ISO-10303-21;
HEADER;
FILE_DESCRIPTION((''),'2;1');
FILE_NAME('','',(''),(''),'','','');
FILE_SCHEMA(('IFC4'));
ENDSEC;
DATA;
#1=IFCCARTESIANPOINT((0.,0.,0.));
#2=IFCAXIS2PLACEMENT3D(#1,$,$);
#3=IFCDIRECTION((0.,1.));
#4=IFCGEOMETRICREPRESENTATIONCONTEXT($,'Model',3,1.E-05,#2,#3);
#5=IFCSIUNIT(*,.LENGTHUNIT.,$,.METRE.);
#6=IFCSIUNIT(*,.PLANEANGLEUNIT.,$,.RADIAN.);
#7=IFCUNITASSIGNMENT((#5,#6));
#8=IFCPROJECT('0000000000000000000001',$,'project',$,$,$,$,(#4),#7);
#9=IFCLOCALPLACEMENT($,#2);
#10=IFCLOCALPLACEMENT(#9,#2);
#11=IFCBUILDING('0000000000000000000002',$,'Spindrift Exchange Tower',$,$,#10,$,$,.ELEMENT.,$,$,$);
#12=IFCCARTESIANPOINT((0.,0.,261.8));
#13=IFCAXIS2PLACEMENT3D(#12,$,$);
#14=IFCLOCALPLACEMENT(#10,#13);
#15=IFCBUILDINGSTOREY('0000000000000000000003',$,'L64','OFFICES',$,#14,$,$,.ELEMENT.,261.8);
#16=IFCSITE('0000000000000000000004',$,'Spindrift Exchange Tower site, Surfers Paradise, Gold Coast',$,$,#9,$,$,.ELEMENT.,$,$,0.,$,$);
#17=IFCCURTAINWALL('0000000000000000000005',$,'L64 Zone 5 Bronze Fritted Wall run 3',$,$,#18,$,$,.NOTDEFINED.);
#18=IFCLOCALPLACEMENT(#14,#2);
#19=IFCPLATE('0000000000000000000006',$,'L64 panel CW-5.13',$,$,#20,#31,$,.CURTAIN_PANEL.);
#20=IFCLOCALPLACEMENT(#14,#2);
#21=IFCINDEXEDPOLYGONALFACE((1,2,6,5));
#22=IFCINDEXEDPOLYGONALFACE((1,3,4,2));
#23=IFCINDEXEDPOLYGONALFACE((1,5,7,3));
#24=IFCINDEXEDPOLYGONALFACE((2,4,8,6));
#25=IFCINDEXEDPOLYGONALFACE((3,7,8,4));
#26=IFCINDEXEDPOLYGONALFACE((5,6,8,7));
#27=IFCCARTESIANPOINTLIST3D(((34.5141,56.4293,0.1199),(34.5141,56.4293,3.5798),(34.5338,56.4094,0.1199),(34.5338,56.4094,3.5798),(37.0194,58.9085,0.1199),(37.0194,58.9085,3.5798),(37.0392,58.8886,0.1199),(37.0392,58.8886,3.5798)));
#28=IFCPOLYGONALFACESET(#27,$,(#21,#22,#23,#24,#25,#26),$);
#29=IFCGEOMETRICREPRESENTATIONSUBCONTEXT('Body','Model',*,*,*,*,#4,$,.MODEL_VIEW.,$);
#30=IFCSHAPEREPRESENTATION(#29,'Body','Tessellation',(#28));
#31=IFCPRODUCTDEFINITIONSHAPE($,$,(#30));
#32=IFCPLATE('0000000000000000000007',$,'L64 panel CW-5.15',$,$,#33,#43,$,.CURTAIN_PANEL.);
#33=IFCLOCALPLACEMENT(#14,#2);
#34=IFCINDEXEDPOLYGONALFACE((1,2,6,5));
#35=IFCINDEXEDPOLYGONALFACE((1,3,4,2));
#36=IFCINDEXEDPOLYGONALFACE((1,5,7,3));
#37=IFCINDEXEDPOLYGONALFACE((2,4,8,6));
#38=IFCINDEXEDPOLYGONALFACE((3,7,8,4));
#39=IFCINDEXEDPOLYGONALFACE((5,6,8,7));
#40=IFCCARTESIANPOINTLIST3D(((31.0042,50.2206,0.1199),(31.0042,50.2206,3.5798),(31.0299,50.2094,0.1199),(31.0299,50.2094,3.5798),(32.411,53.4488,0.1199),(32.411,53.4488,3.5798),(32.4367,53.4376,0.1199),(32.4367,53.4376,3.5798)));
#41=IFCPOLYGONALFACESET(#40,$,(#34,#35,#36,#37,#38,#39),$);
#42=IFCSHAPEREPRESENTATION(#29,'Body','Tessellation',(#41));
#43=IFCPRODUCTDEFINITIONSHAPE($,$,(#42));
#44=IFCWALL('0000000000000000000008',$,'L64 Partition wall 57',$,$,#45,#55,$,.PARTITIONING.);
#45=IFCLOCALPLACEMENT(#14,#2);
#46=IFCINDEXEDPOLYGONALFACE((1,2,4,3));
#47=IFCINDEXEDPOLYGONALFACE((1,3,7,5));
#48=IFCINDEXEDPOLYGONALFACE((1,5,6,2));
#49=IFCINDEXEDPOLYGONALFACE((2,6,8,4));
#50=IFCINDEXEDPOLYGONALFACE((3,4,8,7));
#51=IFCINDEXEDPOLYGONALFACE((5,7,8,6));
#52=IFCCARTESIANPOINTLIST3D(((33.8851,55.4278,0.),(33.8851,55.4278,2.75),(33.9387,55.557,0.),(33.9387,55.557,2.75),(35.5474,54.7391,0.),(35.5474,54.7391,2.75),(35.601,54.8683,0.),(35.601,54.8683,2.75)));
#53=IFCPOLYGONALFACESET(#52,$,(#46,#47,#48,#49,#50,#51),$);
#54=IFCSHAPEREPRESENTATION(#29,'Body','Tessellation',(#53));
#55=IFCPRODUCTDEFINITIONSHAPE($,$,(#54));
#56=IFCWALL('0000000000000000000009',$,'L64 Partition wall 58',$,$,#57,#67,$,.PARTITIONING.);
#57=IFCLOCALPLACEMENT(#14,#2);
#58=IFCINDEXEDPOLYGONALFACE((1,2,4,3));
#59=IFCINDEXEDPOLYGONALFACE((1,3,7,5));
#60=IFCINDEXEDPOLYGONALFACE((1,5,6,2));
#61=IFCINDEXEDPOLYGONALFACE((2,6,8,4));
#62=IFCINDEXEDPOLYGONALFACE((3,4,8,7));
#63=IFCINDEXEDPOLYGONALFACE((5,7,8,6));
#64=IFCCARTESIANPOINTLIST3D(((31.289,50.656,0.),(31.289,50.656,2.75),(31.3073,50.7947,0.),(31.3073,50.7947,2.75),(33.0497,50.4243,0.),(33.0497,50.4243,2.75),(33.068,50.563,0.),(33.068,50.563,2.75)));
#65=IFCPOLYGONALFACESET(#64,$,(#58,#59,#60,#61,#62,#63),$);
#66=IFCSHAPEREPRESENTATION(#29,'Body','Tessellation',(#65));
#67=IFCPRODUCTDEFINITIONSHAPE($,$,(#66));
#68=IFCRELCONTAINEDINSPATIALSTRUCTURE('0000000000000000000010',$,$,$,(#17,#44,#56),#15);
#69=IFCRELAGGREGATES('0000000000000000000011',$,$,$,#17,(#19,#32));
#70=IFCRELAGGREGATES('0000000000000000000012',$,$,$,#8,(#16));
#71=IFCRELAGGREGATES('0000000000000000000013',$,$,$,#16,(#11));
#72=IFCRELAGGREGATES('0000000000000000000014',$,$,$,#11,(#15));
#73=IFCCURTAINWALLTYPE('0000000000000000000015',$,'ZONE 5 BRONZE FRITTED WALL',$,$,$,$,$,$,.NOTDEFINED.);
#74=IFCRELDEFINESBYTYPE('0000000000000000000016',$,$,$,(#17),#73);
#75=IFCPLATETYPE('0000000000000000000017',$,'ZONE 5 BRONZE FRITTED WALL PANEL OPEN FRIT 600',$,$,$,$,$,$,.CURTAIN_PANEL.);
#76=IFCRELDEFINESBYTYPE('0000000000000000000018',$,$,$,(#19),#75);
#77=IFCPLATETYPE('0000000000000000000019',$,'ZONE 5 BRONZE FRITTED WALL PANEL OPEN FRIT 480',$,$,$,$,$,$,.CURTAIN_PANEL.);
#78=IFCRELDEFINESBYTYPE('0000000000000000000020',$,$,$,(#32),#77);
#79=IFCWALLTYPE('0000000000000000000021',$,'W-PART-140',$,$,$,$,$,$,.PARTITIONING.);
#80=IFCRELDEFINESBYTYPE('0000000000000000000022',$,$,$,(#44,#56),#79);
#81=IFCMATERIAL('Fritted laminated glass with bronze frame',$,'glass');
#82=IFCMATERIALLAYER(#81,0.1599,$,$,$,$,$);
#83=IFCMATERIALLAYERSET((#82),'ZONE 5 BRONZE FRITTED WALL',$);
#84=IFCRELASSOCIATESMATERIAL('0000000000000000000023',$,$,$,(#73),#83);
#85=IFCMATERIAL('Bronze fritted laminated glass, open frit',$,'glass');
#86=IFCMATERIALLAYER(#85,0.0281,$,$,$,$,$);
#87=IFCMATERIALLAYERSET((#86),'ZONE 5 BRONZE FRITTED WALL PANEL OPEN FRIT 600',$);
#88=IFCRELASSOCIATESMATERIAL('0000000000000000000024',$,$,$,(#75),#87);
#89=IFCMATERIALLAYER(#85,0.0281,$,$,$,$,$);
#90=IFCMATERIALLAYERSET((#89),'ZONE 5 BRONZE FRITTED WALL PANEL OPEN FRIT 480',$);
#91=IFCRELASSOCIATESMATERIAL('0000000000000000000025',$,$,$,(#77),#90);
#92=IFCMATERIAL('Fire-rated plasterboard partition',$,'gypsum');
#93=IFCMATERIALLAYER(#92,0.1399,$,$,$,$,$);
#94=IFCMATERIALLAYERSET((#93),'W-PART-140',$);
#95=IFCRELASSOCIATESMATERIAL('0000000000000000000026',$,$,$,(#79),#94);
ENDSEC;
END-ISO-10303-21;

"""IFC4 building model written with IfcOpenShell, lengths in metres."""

from ifc_helpers import new_model, si_unit, direction, frame, frame_2d, origin, origin_2d, place, context, subcontext, project, spatial, rectangle, extrude, source, transform, mapped, material, layer, layer_set, type_object, element, aggregate, save


model = new_model("IFC4")

# Units and contexts
model_context = context("Model", 3, precision=1e-05, world=origin(), true_north=direction((0.0, 1.0)))
body_context = subcontext(model_context, "Body", "Model", "MODEL_VIEW")
ifc_project = project(units=[si_unit("LENGTHUNIT", "METRE"), si_unit("PLANEANGLEUNIT", "RADIAN")], contexts=[model_context])

# Site, building, storey
site_placement = place(None, origin())
site = spatial("IfcSite", under=ifc_project, at=site_placement, Name="Spindrift Exchange Tower site, Surfers Paradise, Gold Coast", CompositionType="ELEMENT", RefElevation=0.0)
building_placement = place(site_placement, origin())
building = spatial("IfcBuilding", under=site, at=building_placement, Name="Spindrift Exchange Tower", CompositionType="ELEMENT")
storey_placement = place(building_placement, frame((0.0, 0.0, 261.8)))
storey = spatial("IfcBuildingStorey", under=building, at=storey_placement, Name="L64", Description="OFFICES", CompositionType="ELEMENT", Elevation=261.8)

# Curtain wall, plates
ifc_material_1 = material(Name="Fritted laminated glass with bronze frame", Category="glass")
ifc_layer_1 = layer(ifc_material_1, 0.1599)
ifc_layer_set_1 = layer_set([ifc_layer_1], Name="ZONE 5 BRONZE FRITTED WALL")
curtain_wall_type = type_object("IfcCurtainWallType", Name="ZONE 5 BRONZE FRITTED WALL", PredefinedType="NOTDEFINED", material=ifc_layer_set_1)
curtain_wall_placement = place(storey_placement, origin())
curtain_wall = element("IfcCurtainWall", 1, at=curtain_wall_placement, inside=storey, type_object=curtain_wall_type, Name="L64 Zone 5 Bronze Fritted Wall run 3", PredefinedType="NOTDEFINED")
ifc_material_2 = material(Name="Bronze fritted laminated glass, open frit", Category="glass")
ifc_layer_2 = layer(ifc_material_2, 0.0281)
ifc_layer_set_2 = layer_set([ifc_layer_2], Name="ZONE 5 BRONZE FRITTED WALL PANEL OPEN FRIT 600")
plate_type_1 = type_object("IfcPlateType", Name="ZONE 5 BRONZE FRITTED WALL PANEL OPEN FRIT 600", PredefinedType="CURTAIN_PANEL", material=ifc_layer_set_2)
shared_shape_1 = source(origin(), body_context, "Body", "SweptSolid", [
    extrude(rectangle(XDim=3.5247, YDim=0.0281, at=origin_2d()), origin(), (0.0, 0.0, 1.0), 3.46),
])
plate_1_placement = place(storey_placement, frame((35.7766, 57.6589, 0.1199), z_axis=(0.0, 0.0, 1.0), x_axis=(-0.710807, -0.703387, 0.0)))
plate_1 = element("IfcPlate", 2, at=plate_1_placement, type_object=plate_type_1, Name="L64 panel CW-5.13", PredefinedType="CURTAIN_PANEL", context=body_context, shape_type="MappedRepresentation", body=[
    mapped(shared_shape_1, transform((0.0, 0.0, 0.0), scale=1.0)),
])
ifc_layer_3 = layer(ifc_material_2, 0.0281)
ifc_layer_set_3 = layer_set([ifc_layer_3], Name="ZONE 5 BRONZE FRITTED WALL PANEL OPEN FRIT 480")
plate_type_2 = type_object("IfcPlateType", Name="ZONE 5 BRONZE FRITTED WALL PANEL OPEN FRIT 480", PredefinedType="CURTAIN_PANEL", material=ifc_layer_set_3)
shared_shape_2 = source(origin(), body_context, "Body", "SweptSolid", [
    extrude(rectangle(XDim=3.5215, YDim=0.0281, at=origin_2d()), origin(), (0.0, 0.0, 1.0), 3.46),
])
plate_2_placement = place(storey_placement, frame((31.7205, 51.8291, 0.1199), z_axis=(0.0, 0.0, 1.0), x_axis=(-0.399496, -0.916735, 0.0)))
plate_2 = element("IfcPlate", 3, at=plate_2_placement, type_object=plate_type_2, Name="L64 panel CW-5.15", PredefinedType="CURTAIN_PANEL", context=body_context, shape_type="MappedRepresentation", body=[
    mapped(shared_shape_2, transform((0.0, 0.0, 0.0), scale=1.0)),
])
aggregate(curtain_wall, [plate_1, plate_2])

# Walls
ifc_material_3 = material(Name="Fire-rated plasterboard partition", Category="gypsum")
ifc_layer_4 = layer(ifc_material_3, 0.1399)
ifc_layer_set_4 = layer_set([ifc_layer_4], Name="W-PART-140")
wall_type = type_object("IfcWallType", Name="W-PART-140", PredefinedType="PARTITIONING", material=ifc_layer_set_4)
wall_1_placement = place(storey_placement, frame((35.5742, 54.8037, 0.0), z_axis=(0.0, 0.0, 1.0), x_axis=(-0.92385, 0.382755, 0.0)))
element("IfcWall", 4, at=wall_1_placement, inside=storey, type_object=wall_type, Name="L64 Partition wall 57", PredefinedType="PARTITIONING", context=body_context, shape_type="SweptSolid", body=[
    extrude(rectangle(XDim=1.7993, YDim=0.1399, at=frame_2d((0.8997, 0.0))), origin(), (0.0, 0.0, 1.0), 2.75),
])
wall_2_placement = place(storey_placement, frame((33.0588, 50.4937, 0.0), z_axis=(0.0, 0.0, 1.0), x_axis=(-0.991453, 0.130462, 0.0)))
element("IfcWall", 5, at=wall_2_placement, inside=storey, type_object=wall_type, Name="L64 Partition wall 58", PredefinedType="PARTITIONING", context=body_context, shape_type="SweptSolid", body=[
    extrude(rectangle(XDim=1.7759, YDim=0.1399, at=frame_2d((0.8879, 0.0))), origin(), (0.0, 0.0, 1.0), 2.75),
])

save(model, "model.ifc")
